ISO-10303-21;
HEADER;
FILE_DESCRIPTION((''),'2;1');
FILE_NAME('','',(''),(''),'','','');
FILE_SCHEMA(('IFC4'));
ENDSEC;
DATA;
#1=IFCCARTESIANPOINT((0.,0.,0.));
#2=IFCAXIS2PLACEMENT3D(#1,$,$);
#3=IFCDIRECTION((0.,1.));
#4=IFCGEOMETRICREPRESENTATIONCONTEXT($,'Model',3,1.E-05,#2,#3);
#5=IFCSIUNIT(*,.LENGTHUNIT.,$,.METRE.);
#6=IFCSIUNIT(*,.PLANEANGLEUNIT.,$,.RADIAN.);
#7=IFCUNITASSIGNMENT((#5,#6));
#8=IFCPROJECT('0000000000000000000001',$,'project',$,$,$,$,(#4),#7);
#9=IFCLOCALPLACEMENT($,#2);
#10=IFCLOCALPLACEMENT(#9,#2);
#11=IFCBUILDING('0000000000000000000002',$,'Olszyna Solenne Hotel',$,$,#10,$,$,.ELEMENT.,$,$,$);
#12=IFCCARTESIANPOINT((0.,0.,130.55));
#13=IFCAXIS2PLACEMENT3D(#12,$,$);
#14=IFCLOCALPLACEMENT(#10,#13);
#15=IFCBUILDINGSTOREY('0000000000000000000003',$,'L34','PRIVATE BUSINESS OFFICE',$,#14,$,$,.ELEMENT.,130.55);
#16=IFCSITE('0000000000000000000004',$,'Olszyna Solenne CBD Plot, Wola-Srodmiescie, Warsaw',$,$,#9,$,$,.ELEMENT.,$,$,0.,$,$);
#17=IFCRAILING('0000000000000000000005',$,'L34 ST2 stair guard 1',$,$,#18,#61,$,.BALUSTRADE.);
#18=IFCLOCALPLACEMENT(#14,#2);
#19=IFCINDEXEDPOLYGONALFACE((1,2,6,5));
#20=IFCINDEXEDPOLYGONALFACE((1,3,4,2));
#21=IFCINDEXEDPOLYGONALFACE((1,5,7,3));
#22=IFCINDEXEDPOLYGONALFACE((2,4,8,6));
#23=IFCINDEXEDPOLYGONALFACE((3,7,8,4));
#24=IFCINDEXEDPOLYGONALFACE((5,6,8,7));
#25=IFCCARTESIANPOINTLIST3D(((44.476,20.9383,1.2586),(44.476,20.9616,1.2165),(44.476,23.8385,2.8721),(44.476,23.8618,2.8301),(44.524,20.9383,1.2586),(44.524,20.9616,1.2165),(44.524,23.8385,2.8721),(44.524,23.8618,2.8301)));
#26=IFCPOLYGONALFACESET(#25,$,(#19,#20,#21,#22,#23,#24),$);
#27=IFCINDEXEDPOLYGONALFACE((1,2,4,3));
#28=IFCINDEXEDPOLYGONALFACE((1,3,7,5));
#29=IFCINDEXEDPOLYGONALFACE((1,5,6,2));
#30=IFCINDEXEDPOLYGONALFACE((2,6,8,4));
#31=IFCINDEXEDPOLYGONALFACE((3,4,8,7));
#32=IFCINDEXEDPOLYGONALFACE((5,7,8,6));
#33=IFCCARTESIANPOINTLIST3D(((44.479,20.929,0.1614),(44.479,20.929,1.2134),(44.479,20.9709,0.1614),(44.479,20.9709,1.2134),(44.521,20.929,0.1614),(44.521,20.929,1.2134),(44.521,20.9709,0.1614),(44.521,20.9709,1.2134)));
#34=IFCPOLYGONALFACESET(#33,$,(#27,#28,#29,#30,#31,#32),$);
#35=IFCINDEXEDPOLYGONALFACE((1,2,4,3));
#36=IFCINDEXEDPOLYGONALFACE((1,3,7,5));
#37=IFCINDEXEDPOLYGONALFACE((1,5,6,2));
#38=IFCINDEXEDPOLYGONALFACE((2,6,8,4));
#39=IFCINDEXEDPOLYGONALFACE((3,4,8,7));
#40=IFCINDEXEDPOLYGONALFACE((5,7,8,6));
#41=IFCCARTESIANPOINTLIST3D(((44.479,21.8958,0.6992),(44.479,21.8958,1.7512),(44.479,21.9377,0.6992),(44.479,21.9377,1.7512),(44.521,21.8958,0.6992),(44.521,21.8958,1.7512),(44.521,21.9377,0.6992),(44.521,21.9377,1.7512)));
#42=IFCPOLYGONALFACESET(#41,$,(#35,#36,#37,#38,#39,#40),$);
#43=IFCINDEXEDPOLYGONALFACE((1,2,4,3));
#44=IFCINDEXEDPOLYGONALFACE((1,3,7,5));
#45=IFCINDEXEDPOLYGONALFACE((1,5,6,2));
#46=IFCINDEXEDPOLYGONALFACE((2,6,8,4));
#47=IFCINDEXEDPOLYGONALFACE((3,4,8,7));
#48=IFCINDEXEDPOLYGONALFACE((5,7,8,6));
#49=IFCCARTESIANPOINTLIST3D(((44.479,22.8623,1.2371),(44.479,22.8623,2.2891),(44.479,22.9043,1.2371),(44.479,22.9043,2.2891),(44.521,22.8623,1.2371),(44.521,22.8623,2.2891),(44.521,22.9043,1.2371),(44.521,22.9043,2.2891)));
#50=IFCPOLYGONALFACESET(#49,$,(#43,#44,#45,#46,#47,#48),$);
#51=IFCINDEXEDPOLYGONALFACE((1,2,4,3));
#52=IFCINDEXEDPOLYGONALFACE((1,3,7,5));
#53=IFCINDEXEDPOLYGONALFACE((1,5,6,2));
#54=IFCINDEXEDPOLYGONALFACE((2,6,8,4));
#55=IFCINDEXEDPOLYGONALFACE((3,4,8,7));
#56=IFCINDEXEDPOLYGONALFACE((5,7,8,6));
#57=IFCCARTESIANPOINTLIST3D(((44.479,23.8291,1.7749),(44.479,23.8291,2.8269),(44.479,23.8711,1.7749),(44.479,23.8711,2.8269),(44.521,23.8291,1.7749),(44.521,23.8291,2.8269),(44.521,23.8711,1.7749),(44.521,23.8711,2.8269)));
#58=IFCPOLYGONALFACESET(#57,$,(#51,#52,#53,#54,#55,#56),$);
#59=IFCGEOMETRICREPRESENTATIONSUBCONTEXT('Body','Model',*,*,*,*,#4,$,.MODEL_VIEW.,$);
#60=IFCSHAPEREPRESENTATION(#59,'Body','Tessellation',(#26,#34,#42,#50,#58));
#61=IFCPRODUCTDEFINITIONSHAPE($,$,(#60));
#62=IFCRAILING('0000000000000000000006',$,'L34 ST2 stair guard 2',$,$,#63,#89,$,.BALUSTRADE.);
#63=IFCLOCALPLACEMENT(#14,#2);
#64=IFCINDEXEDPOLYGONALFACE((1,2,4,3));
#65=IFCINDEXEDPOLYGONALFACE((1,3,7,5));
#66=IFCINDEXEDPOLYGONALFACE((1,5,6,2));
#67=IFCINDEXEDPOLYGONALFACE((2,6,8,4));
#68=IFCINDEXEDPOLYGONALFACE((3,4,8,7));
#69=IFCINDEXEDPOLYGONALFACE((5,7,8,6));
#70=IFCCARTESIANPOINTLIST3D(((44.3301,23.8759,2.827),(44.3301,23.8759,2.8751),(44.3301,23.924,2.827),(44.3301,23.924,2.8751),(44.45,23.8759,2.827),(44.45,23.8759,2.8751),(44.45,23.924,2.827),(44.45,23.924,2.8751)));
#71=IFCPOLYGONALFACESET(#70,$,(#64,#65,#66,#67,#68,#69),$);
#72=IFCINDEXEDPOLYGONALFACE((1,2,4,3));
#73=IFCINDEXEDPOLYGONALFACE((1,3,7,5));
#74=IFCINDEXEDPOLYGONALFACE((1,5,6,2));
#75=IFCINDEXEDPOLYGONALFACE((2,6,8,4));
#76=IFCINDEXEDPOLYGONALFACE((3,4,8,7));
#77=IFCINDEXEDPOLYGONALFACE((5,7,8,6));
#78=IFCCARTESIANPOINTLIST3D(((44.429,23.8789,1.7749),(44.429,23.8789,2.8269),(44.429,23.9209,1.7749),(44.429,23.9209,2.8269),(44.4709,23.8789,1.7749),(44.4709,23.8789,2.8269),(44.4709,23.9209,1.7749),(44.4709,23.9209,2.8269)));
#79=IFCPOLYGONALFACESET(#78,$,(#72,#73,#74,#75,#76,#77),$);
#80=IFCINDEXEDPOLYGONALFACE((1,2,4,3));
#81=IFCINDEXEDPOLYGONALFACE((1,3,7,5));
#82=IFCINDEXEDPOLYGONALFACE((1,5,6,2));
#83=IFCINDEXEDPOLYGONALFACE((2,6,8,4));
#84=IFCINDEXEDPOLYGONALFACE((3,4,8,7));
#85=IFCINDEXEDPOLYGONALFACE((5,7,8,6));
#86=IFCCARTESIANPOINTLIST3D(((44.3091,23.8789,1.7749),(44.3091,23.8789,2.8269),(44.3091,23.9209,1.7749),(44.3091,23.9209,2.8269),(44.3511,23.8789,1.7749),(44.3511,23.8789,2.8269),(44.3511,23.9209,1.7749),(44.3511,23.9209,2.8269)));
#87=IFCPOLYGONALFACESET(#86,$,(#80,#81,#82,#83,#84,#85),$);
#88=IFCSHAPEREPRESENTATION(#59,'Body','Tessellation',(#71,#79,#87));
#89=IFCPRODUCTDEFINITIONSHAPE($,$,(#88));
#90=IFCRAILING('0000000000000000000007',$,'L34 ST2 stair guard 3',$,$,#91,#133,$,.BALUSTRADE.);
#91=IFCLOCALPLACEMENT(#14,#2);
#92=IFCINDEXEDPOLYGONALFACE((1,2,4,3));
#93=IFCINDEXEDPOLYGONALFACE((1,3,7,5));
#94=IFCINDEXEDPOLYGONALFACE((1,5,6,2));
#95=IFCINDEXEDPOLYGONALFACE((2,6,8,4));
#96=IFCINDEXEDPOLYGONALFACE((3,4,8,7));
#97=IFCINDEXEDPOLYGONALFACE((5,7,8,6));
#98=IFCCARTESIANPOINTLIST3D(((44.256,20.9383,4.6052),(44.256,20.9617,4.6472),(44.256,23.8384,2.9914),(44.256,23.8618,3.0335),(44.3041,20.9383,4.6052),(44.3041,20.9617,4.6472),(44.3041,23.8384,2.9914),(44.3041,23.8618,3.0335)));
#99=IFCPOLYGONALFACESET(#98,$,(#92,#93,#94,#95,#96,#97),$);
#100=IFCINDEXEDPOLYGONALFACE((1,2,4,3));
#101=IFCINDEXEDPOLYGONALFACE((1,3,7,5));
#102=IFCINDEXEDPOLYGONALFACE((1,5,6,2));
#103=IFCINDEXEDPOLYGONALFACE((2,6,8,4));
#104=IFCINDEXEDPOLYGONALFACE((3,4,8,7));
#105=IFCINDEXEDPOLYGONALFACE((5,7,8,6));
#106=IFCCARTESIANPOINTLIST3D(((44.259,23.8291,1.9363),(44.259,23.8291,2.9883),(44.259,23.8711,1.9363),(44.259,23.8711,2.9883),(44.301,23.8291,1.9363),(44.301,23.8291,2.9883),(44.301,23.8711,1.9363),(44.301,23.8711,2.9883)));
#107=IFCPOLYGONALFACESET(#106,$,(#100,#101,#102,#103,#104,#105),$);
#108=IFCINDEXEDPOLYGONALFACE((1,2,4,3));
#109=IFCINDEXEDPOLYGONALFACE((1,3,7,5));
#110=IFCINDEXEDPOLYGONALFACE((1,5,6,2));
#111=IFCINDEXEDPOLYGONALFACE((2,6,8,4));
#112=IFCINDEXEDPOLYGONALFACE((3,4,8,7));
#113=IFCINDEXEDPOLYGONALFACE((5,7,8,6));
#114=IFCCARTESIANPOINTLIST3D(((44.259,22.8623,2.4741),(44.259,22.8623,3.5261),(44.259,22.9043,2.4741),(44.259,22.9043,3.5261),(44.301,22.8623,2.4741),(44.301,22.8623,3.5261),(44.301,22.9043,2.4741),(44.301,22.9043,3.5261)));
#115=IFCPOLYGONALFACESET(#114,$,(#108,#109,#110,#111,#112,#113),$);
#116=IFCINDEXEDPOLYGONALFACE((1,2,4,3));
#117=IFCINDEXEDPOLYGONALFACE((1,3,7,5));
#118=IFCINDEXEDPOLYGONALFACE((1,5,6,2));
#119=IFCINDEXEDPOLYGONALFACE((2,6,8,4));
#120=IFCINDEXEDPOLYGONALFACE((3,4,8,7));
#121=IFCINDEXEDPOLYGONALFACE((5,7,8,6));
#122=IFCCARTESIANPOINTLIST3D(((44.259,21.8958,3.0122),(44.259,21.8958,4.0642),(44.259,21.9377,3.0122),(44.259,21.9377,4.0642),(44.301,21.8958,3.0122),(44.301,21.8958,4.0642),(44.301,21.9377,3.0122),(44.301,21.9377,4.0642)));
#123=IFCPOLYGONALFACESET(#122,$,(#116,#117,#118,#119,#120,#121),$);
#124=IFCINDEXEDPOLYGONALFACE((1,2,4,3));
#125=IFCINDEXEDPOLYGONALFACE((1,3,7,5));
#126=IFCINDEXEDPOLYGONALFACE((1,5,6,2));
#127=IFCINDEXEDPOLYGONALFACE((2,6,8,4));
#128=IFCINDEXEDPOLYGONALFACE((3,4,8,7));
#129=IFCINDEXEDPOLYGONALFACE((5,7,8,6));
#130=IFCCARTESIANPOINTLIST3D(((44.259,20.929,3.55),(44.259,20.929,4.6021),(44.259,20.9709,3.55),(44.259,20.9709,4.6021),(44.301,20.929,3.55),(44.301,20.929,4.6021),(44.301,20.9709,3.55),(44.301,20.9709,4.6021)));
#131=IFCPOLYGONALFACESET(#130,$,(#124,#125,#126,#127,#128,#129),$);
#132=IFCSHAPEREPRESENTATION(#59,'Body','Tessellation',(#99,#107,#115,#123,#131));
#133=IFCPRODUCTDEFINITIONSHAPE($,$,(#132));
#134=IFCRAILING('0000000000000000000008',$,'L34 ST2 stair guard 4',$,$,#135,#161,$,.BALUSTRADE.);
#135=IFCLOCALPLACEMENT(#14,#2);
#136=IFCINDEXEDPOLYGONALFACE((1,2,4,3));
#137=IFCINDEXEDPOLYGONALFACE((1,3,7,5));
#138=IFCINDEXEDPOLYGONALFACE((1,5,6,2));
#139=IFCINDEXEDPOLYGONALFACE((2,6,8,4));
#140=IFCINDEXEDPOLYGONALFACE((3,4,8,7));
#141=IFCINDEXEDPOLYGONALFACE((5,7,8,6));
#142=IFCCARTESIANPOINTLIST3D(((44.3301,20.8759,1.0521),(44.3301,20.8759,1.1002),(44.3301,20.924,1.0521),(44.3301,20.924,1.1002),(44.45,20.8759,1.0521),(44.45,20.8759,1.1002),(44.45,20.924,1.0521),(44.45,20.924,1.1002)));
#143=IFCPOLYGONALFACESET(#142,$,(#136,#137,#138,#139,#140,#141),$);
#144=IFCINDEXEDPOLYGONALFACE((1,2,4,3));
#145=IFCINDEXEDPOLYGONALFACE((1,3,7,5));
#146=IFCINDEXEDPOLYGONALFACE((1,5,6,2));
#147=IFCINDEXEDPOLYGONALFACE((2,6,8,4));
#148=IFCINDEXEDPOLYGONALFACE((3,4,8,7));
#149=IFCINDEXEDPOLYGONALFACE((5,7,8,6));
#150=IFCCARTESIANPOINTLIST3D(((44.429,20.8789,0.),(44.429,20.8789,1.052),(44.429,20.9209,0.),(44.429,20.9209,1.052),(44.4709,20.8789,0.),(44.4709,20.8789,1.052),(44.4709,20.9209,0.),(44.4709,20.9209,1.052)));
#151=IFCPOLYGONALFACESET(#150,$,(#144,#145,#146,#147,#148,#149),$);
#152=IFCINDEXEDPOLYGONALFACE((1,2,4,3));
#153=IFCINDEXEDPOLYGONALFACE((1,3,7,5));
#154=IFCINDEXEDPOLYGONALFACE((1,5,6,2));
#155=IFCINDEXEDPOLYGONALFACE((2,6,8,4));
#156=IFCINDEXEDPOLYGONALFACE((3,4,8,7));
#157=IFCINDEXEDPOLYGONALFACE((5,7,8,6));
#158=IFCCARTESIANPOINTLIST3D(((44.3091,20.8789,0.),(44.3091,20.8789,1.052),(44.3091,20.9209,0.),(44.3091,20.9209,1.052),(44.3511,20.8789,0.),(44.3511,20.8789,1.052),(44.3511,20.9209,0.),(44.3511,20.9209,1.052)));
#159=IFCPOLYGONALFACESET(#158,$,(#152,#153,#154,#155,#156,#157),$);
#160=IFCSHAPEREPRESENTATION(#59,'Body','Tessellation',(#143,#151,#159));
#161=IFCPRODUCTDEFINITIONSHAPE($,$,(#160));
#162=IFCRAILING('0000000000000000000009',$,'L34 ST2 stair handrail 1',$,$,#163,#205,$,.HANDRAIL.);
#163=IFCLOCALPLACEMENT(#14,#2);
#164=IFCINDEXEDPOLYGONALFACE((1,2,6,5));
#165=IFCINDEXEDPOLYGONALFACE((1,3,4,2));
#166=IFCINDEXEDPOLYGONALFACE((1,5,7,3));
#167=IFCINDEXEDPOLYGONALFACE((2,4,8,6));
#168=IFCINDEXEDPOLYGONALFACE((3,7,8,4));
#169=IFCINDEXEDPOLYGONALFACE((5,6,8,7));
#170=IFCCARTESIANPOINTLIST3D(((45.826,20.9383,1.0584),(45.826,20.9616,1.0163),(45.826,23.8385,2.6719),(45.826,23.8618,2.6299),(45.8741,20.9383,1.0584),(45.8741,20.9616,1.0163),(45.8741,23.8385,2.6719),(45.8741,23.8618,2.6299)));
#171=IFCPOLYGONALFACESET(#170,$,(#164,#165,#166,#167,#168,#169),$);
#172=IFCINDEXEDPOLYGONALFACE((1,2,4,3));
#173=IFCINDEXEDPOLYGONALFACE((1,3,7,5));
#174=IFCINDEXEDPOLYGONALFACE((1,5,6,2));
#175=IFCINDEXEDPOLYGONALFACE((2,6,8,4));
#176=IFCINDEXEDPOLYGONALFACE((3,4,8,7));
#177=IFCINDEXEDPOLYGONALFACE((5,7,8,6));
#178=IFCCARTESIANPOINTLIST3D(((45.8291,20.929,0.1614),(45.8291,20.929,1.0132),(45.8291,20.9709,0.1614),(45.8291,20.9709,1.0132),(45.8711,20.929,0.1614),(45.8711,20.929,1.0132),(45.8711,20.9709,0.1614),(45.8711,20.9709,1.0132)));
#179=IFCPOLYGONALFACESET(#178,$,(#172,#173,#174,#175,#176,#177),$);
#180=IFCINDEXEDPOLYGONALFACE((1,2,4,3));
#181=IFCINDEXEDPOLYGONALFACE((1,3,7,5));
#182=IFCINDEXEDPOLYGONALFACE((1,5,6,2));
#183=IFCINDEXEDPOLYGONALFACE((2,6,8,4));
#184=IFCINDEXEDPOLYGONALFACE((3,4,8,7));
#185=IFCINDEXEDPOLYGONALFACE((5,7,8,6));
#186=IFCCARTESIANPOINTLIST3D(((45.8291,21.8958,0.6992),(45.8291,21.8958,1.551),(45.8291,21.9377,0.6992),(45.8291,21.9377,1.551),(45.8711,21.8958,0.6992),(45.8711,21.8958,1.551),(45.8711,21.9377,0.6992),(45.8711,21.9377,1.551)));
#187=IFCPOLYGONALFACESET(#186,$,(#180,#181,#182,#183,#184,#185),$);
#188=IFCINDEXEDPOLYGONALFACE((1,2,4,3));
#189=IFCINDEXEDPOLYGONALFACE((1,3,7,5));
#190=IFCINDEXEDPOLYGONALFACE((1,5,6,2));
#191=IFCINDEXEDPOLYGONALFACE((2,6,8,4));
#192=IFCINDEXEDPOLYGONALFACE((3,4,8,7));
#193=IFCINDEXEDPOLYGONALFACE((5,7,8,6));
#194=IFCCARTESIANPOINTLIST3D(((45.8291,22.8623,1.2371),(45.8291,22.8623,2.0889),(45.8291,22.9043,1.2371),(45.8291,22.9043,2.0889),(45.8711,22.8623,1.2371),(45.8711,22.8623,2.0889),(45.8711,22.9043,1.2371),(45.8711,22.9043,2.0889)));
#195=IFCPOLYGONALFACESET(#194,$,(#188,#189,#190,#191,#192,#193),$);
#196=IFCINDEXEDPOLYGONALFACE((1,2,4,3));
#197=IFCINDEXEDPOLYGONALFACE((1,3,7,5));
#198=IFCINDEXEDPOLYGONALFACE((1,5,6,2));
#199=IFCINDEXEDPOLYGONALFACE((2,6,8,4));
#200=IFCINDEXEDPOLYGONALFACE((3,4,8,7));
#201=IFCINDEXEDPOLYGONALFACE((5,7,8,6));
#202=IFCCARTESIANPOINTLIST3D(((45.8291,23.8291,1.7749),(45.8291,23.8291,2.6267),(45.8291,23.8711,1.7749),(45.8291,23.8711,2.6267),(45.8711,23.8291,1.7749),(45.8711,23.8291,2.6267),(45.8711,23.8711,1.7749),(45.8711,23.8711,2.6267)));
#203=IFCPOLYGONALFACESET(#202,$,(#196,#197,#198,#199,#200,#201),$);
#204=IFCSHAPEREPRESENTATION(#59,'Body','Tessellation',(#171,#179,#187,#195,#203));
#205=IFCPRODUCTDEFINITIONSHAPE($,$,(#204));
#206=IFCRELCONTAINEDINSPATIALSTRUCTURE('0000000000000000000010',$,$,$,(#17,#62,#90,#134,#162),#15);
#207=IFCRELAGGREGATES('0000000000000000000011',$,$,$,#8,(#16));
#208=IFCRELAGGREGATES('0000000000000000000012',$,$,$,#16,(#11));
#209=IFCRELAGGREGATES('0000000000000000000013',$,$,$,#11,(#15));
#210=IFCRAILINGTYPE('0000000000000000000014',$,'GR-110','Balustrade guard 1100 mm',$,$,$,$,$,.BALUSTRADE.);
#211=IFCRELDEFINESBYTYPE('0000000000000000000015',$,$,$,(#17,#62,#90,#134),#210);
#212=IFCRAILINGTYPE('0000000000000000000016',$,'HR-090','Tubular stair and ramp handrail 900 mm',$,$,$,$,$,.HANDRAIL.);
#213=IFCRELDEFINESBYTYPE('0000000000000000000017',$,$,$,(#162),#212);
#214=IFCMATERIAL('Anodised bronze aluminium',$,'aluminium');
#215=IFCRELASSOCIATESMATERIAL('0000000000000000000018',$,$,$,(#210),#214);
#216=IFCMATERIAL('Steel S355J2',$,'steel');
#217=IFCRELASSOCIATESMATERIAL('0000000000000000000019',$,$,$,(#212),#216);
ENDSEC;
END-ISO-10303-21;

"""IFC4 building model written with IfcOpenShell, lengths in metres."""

from ifc_helpers import new_model, si_unit, direction, frame, origin, origin_2d, place, context, subcontext, project, spatial, rectangle, extrude, material, type_object, element, save


model = new_model("IFC4")

# Units and contexts
model_context = context("Model", 3, precision=1e-05, world=origin(), true_north=direction((0.0, 1.0)))
body_context = subcontext(model_context, "Body", "Model", "MODEL_VIEW")
ifc_project = project(units=[si_unit("LENGTHUNIT", "METRE"), si_unit("PLANEANGLEUNIT", "RADIAN")], contexts=[model_context])

# Site, building, storey
site_placement = place(None, origin())
site = spatial("IfcSite", under=ifc_project, at=site_placement, Name="Olszyna Solenne CBD Plot, Wola-Srodmiescie, Warsaw", CompositionType="ELEMENT", RefElevation=0.0)
building_placement = place(site_placement, origin())
building = spatial("IfcBuilding", under=site, at=building_placement, Name="Olszyna Solenne Hotel", CompositionType="ELEMENT")
storey_placement = place(building_placement, frame((0.0, 0.0, 130.55)))
storey = spatial("IfcBuildingStorey", under=building, at=storey_placement, Name="L34", Description="PRIVATE BUSINESS OFFICE", CompositionType="ELEMENT", Elevation=130.55)

# Shared definitions
ifc_material_1 = material(Name="Steel S355J2", Category="steel")

# Shared definitions
ifc_material_2 = material(Name="Anodised bronze aluminium", Category="aluminium")

# Railings
railing_type_1 = type_object("IfcRailingType", Name="GR-110", Description="Balustrade guard 1100 mm", PredefinedType="BALUSTRADE", material=ifc_material_2)
railing_1_placement = place(storey_placement, frame((44.5, 20.95, 0.1614)))
element("IfcRailing", 1, at=railing_1_placement, inside=storey, type_object=railing_type_1, Name="L34 ST2 stair guard 1", PredefinedType="BALUSTRADE", context=body_context, shape_type="SweptSolid", body=[
    extrude(rectangle(XDim=0.0481, YDim=0.0481, at=origin_2d()), frame((0.0, 0.0, 1.0762), z_axis=(0.0, 0.873859, 0.48618), x_axis=(-1.0, 0.0, 0.0)), (0.0, 0.0, 1.0), 3.3188),
    extrude(rectangle(XDim=0.042, YDim=0.042, at=origin_2d()), origin(), (0.0, 0.0, 1.0), 1.052),
    extrude(rectangle(XDim=0.042, YDim=0.042, at=origin_2d()), frame((0.0, 0.9668, 0.5378)), (0.0, 0.0, 1.0), 1.052),
    extrude(rectangle(XDim=0.042, YDim=0.042, at=origin_2d()), frame((0.0, 1.9333, 1.0757)), (0.0, 0.0, 1.0), 1.052),
    extrude(rectangle(XDim=0.042, YDim=0.042, at=origin_2d()), frame((0.0, 2.9001, 1.6135)), (0.0, 0.0, 1.0), 1.052),
])
railing_2_placement = place(storey_placement, frame((44.45, 23.8999, 1.7749)))
element("IfcRailing", 2, at=railing_2_placement, inside=storey, type_object=railing_type_1, Name="L34 ST2 stair guard 2", PredefinedType="BALUSTRADE", context=body_context, shape_type="SweptSolid", body=[
    extrude(rectangle(XDim=0.0481, YDim=0.0481, at=origin_2d()), frame((0.0, 0.0, 1.0762), z_axis=(-1.0, 0.0, 0.0), x_axis=(0.0, -1.0, 0.0)), (0.0, 0.0, 1.0), 0.1199),
    extrude(rectangle(XDim=0.042, YDim=0.042, at=origin_2d()), origin(), (0.0, 0.0, 1.0), 1.052),
    extrude(rectangle(XDim=0.042, YDim=0.042, at=origin_2d()), frame((-0.1199, 0.0, 0.0)), (0.0, 0.0, 1.0), 1.052),
])
railing_3_placement = place(storey_placement, frame((44.28, 23.8501, 1.9363)))
element("IfcRailing", 3, at=railing_3_placement, inside=storey, type_object=railing_type_1, Name="L34 ST2 stair guard 3", PredefinedType="BALUSTRADE", context=body_context, shape_type="SweptSolid", body=[
    extrude(rectangle(XDim=0.0481, YDim=0.0481, at=origin_2d()), frame((0.0, 0.0, 1.0762), z_axis=(0.0, -0.873827, 0.486236), x_axis=(1.0, 0.0, 0.0)), (0.0, 0.0, 1.0), 3.3188),
    extrude(rectangle(XDim=0.042, YDim=0.042, at=origin_2d()), origin(), (0.0, 0.0, 1.0), 1.052),
    extrude(rectangle(XDim=0.042, YDim=0.042, at=origin_2d()), frame((0.0, -0.9668, 0.5378)), (0.0, 0.0, 1.0), 1.052),
    extrude(rectangle(XDim=0.042, YDim=0.042, at=origin_2d()), frame((0.0, -1.9333, 1.0759)), (0.0, 0.0, 1.0), 1.052),
    extrude(rectangle(XDim=0.042, YDim=0.042, at=origin_2d()), frame((0.0, -2.9001, 1.6138)), (0.0, 0.0, 1.0), 1.052),
])
railing_4_placement = place(storey_placement, frame((44.45, 20.8999, 0.0)))
element("IfcRailing", 4, at=railing_4_placement, inside=storey, type_object=railing_type_1, Name="L34 ST2 stair guard 4", PredefinedType="BALUSTRADE", context=body_context, shape_type="SweptSolid", body=[
    extrude(rectangle(XDim=0.0481, YDim=0.0481, at=origin_2d()), frame((0.0, 0.0, 1.0762), z_axis=(-1.0, 0.0, 0.0), x_axis=(0.0, -1.0, 0.0)), (0.0, 0.0, 1.0), 0.1199),
    extrude(rectangle(XDim=0.042, YDim=0.042, at=origin_2d()), origin(), (0.0, 0.0, 1.0), 1.052),
    extrude(rectangle(XDim=0.042, YDim=0.042, at=origin_2d()), frame((-0.1199, 0.0, 0.0)), (0.0, 0.0, 1.0), 1.052),
])
railing_type_2 = type_object("IfcRailingType", Name="HR-090", Description="Tubular stair and ramp handrail 900 mm", PredefinedType="HANDRAIL", material=ifc_material_1)
railing_5_placement = place(storey_placement, frame((45.8501, 20.95, 0.1614)))
element("IfcRailing", 5, at=railing_5_placement, inside=storey, type_object=railing_type_2, Name="L34 ST2 stair handrail 1", PredefinedType="HANDRAIL", context=body_context, shape_type="SweptSolid", body=[
    extrude(rectangle(XDim=0.0481, YDim=0.0481, at=origin_2d()), frame((0.0, 0.0, 0.876), z_axis=(0.0, 0.873859, 0.48618), x_axis=(-1.0, 0.0, 0.0)), (0.0, 0.0, 1.0), 3.3188),
    extrude(rectangle(XDim=0.042, YDim=0.042, at=origin_2d()), origin(), (0.0, 0.0, 1.0), 0.8518),
    extrude(rectangle(XDim=0.042, YDim=0.042, at=origin_2d()), frame((0.0, 0.9668, 0.5378)), (0.0, 0.0, 1.0), 0.8518),
    extrude(rectangle(XDim=0.042, YDim=0.042, at=origin_2d()), frame((0.0, 1.9333, 1.0757)), (0.0, 0.0, 1.0), 0.8518),
    extrude(rectangle(XDim=0.042, YDim=0.042, at=origin_2d()), frame((0.0, 2.9001, 1.6135)), (0.0, 0.0, 1.0), 0.8518),
])

save(model, "model.ifc")
